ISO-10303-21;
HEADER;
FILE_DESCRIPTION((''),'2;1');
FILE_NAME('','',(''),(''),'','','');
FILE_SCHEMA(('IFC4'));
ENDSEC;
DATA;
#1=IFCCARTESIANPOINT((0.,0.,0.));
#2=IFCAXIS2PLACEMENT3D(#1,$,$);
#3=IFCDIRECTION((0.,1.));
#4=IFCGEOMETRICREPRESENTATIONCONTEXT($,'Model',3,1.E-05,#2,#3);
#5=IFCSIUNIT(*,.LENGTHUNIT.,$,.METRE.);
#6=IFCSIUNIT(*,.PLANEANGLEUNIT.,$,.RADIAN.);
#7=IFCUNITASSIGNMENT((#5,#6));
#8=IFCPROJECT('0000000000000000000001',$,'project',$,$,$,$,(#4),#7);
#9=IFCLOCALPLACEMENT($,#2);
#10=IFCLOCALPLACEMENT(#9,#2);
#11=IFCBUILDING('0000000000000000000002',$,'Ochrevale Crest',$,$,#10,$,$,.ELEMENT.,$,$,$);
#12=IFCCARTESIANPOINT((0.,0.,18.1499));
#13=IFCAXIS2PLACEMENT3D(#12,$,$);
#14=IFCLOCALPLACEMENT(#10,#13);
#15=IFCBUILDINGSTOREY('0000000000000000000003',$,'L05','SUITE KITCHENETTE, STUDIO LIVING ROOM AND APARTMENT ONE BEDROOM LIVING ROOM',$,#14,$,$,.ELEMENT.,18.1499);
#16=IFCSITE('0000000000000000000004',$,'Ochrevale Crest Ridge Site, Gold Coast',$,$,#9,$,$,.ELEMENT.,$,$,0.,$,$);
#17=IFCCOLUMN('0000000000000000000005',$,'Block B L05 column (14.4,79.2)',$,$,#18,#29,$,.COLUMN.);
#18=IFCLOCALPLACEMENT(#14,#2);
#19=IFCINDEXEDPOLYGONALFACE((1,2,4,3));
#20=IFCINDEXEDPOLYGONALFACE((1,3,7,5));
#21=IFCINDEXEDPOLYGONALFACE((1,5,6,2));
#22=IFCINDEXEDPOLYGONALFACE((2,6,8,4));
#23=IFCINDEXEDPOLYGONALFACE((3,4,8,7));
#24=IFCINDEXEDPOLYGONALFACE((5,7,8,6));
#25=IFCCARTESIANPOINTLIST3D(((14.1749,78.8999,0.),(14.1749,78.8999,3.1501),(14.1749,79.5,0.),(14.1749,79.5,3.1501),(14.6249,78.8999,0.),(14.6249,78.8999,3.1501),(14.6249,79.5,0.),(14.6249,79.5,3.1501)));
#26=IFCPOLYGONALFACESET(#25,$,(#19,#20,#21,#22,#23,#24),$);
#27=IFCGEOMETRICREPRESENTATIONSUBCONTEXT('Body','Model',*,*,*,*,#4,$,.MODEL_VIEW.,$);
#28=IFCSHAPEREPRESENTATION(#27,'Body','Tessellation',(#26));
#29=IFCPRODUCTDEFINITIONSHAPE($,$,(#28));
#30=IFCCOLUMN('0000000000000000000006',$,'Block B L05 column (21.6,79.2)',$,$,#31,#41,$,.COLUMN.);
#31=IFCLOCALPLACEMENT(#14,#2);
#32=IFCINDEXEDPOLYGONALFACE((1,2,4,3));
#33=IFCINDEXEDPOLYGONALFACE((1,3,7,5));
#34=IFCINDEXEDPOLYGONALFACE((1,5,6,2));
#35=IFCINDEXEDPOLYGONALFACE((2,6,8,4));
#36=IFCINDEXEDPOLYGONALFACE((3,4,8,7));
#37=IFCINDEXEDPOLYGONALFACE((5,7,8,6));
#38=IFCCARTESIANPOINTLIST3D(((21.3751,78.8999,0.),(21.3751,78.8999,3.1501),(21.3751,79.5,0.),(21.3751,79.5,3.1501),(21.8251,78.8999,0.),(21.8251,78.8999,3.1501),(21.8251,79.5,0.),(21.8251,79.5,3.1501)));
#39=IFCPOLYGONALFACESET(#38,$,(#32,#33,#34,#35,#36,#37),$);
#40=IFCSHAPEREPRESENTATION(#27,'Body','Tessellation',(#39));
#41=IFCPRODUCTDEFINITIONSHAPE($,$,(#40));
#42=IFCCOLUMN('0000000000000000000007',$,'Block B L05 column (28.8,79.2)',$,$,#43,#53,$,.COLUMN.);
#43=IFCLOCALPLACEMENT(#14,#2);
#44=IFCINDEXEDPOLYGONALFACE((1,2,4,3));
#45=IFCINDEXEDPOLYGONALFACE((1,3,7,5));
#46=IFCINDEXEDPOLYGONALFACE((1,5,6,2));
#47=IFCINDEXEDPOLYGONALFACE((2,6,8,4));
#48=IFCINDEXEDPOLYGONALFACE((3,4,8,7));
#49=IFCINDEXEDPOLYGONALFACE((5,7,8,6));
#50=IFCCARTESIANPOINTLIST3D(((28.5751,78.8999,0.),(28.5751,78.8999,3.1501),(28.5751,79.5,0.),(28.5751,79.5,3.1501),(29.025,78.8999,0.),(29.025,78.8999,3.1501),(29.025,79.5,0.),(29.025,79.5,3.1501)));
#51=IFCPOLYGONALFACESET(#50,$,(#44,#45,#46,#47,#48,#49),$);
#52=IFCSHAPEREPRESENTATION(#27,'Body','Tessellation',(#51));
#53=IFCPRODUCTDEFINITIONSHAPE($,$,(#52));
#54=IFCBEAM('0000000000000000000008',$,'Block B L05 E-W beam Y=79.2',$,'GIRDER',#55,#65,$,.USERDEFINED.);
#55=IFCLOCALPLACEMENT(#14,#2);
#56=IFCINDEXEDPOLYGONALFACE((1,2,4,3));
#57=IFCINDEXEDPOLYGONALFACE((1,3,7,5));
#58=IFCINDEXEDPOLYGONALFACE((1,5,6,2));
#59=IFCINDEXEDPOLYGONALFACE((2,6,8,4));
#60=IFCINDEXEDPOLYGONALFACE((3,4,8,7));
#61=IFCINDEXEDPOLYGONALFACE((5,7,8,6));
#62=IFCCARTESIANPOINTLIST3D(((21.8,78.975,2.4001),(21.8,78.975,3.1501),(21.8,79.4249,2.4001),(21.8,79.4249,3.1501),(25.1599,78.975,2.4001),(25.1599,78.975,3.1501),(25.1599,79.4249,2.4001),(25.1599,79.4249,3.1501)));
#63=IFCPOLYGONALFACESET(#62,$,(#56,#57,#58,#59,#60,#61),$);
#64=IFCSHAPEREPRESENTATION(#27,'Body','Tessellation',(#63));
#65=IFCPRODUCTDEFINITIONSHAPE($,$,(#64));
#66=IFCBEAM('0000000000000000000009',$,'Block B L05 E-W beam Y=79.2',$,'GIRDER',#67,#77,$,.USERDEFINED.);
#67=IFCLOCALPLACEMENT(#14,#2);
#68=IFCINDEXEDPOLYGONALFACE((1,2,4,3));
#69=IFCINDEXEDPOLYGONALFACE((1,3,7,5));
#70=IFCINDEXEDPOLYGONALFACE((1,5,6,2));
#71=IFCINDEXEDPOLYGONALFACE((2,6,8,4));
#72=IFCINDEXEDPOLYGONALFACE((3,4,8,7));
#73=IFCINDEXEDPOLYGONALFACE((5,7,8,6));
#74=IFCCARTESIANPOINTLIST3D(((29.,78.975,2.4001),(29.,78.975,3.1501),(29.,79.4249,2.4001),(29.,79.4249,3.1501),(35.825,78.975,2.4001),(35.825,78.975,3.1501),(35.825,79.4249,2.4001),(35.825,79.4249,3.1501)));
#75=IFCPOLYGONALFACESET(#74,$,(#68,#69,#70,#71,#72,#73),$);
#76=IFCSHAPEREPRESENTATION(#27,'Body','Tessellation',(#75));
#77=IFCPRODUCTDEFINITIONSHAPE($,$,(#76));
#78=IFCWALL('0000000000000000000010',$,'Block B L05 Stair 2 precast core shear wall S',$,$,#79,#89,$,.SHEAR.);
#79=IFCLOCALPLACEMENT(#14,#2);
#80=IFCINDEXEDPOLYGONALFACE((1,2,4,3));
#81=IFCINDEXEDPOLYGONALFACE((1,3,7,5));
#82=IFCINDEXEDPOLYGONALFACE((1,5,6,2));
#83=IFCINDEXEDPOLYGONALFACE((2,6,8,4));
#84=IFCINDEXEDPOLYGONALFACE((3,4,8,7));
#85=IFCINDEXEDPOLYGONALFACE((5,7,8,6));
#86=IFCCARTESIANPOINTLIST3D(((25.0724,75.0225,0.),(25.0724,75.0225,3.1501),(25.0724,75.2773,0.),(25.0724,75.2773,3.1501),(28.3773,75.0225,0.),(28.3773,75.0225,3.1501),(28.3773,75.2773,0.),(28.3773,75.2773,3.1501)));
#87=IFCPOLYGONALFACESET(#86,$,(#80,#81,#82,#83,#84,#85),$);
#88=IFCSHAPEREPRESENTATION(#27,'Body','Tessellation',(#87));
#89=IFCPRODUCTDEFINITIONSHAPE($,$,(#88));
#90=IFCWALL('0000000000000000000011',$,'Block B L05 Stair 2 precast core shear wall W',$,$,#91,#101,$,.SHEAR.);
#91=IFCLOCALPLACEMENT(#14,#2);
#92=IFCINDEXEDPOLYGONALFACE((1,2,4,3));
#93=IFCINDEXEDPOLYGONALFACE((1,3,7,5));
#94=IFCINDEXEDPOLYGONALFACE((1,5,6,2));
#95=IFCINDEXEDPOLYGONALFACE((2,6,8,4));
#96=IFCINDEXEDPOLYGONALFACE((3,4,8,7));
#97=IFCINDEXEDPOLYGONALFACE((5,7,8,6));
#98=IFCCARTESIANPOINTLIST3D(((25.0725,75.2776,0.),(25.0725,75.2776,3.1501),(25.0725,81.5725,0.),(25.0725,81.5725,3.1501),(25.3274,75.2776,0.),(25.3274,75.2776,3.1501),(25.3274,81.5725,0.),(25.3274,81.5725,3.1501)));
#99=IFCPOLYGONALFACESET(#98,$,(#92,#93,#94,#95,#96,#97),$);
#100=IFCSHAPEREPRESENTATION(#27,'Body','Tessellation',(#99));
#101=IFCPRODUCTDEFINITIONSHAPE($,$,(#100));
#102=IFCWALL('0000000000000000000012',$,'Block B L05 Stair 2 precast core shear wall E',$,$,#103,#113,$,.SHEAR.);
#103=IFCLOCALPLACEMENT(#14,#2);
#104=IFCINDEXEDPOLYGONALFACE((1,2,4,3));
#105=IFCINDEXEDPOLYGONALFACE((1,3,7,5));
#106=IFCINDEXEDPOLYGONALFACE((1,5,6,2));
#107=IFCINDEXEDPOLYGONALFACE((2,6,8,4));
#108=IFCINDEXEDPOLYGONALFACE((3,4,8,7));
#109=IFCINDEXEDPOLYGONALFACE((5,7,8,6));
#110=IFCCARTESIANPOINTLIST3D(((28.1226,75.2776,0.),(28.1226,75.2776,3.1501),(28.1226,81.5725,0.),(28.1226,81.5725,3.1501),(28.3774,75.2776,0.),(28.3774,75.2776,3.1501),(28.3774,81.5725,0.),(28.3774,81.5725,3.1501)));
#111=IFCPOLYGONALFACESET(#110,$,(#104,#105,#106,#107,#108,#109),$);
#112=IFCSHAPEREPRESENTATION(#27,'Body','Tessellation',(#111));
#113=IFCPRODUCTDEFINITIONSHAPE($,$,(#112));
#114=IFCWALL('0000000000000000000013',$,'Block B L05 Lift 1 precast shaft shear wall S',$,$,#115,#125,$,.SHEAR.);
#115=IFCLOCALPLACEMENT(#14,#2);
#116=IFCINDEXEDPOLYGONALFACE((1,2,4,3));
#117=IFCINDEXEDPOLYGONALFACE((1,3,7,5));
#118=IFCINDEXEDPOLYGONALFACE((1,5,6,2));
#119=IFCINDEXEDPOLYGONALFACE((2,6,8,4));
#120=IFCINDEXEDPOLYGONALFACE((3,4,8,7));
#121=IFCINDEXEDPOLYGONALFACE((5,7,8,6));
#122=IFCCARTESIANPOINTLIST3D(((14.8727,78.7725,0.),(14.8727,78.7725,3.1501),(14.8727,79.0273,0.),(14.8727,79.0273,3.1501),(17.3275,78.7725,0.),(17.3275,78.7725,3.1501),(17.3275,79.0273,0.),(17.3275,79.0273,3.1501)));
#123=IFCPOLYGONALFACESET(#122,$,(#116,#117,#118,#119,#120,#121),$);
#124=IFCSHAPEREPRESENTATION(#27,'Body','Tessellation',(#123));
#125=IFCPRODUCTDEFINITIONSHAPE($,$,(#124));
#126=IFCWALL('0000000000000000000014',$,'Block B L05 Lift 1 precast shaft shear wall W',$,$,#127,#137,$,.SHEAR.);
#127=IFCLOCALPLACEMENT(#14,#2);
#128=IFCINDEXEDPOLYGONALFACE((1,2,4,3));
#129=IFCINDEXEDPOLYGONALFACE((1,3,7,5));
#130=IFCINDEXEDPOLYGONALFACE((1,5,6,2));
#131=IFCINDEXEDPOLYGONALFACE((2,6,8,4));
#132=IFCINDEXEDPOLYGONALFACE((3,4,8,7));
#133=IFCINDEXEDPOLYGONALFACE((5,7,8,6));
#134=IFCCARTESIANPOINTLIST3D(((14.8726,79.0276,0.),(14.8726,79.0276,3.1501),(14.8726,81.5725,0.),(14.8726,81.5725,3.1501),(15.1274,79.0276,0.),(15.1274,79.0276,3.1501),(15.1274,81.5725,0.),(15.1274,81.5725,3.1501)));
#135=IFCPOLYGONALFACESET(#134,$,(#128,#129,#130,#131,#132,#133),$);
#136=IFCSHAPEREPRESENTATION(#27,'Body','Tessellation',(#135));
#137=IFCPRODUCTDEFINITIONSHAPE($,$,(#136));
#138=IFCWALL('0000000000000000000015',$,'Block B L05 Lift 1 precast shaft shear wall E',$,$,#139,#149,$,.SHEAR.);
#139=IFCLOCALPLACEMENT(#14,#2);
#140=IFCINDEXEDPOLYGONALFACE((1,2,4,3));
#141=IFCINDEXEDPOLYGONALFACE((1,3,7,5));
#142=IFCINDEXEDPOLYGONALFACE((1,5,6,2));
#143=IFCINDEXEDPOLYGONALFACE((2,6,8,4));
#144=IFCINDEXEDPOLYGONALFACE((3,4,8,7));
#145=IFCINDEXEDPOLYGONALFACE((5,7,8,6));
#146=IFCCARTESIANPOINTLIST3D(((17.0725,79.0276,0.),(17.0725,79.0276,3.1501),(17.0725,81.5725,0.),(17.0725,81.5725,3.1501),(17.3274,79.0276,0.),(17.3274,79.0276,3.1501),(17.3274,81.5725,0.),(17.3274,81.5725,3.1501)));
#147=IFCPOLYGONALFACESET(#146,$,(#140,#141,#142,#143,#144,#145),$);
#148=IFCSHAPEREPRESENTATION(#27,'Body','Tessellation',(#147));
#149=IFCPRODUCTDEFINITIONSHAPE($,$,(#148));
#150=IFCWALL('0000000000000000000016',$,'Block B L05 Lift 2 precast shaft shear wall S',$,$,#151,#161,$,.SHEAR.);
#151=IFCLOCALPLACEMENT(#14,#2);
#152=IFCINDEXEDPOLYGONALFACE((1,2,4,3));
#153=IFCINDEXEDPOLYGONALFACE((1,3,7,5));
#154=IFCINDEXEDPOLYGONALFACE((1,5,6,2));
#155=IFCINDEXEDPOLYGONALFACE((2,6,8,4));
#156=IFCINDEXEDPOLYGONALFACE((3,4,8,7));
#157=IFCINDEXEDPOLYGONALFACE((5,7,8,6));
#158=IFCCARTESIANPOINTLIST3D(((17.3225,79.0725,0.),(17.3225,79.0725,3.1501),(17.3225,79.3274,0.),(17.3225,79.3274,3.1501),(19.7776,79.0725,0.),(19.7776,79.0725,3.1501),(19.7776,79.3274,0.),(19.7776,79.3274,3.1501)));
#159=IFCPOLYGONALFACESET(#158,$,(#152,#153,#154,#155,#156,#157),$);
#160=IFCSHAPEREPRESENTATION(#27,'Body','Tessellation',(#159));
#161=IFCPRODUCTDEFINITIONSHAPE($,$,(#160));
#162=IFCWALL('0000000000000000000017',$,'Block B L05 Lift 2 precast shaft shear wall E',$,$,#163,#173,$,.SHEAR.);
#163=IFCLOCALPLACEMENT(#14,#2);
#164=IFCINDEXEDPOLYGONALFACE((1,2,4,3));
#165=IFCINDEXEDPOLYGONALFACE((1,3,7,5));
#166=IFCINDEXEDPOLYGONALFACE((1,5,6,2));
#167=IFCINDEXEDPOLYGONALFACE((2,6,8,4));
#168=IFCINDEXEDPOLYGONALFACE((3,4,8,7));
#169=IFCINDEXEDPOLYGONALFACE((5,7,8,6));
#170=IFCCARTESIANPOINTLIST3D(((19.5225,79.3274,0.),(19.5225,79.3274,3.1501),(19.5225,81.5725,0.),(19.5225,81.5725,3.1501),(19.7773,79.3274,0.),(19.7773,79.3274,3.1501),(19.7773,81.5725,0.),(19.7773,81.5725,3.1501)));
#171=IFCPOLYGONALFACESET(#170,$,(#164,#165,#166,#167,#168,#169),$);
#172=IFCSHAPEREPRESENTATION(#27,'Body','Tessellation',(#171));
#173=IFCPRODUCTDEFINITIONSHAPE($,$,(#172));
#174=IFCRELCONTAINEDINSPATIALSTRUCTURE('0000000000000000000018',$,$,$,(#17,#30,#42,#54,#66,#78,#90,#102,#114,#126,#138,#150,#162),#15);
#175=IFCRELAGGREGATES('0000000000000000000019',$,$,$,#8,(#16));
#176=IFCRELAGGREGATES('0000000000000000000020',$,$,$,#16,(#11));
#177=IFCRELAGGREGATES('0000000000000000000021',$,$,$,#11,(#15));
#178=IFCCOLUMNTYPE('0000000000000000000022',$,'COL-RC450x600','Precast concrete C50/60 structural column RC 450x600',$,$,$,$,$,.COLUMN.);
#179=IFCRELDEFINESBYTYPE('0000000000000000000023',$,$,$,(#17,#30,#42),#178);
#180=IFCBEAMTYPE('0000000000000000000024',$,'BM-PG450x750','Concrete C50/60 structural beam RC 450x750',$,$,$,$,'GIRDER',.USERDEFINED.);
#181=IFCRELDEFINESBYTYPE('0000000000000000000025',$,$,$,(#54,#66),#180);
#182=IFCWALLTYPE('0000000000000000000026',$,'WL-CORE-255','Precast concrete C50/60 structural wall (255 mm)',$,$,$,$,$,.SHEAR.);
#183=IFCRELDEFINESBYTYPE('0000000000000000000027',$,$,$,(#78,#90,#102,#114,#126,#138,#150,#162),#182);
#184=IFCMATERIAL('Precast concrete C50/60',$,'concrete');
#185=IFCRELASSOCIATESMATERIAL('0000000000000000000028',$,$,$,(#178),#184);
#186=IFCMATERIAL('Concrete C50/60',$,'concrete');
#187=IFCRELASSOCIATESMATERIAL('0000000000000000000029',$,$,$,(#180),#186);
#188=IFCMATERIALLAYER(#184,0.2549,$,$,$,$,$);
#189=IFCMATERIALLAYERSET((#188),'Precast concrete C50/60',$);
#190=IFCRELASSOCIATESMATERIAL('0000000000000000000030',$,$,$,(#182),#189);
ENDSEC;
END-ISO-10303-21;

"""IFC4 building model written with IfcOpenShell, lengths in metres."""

from ifc_helpers import new_model, si_unit, direction, frame, frame_2d, origin, origin_2d, place, context, subcontext, project, spatial, rectangle, extrude, material, layer, layer_set, material_profile, profile_set, type_object, element, save


model = new_model("IFC4")

# Units and contexts
model_context = context("Model", 3, precision=1e-05, world=origin(), true_north=direction((0.0, 1.0)))
body_context = subcontext(model_context, "Body", "Model", "MODEL_VIEW")
ifc_project = project(units=[si_unit("LENGTHUNIT", "METRE"), si_unit("PLANEANGLEUNIT", "RADIAN")], contexts=[model_context])

# Site, building, storey
site_placement = place(None, origin())
site = spatial("IfcSite", under=ifc_project, at=site_placement, Name="Ochrevale Crest Ridge Site, Gold Coast", CompositionType="ELEMENT", RefElevation=0.0)
building_placement = place(site_placement, origin())
building = spatial("IfcBuilding", under=site, at=building_placement, Name="Ochrevale Crest", CompositionType="ELEMENT")
storey_placement = place(building_placement, frame((0.0, 0.0, 18.1499)))
storey = spatial("IfcBuildingStorey", under=building, at=storey_placement, Name="L05", Description="SUITE KITCHENETTE, STUDIO LIVING ROOM AND APARTMENT ONE BEDROOM LIVING ROOM", CompositionType="ELEMENT", Elevation=18.1499)

# Columns
ifc_material_1 = material(Name="Precast concrete C50/60", Category="concrete")
ifc_material_profile_1 = material_profile(ifc_material_1, rectangle(XDim=0.45, YDim=0.6001, at=origin_2d()), Name="RC 450x600")
ifc_profile_set_1 = profile_set([ifc_material_profile_1], Name="Precast concrete C50/60")
column_type = type_object("IfcColumnType", Name="COL-RC450x600", Description="Precast concrete C50/60 structural column RC 450x600", PredefinedType="COLUMN", material=ifc_profile_set_1)
for number, where, z_axis, x_axis, name in (
    (1, (14.3999, 79.2, 0.0), (0.0, 0.0, 1.0), (1.0, 0.0, 0.0), "Block B L05 column (14.4,79.2)"),
    (2, (21.6001, 79.2, 0.0), (0.0, 0.0, 1.0), (1.0, 0.0, 0.0), "Block B L05 column (21.6,79.2)"),
    (3, (28.8, 79.2, 0.0), (0.0, 0.0, 1.0), (1.0, 0.0, 0.0), "Block B L05 column (28.8,79.2)"),
):
    element("IfcColumn", number, at=place(storey_placement, frame(where, z_axis=z_axis, x_axis=x_axis)), inside=storey, type_object=column_type, Name=name, PredefinedType="COLUMN", context=body_context, shape_type="SweptSolid", body=[
        extrude(rectangle(XDim=0.45, YDim=0.6001, at=origin_2d()), origin(), (0.0, 0.0, 1.0), 3.1501),
    ])

# Beams
ifc_material_2 = material(Name="Concrete C50/60", Category="concrete")
ifc_material_profile_2 = material_profile(ifc_material_2, rectangle(XDim=0.45, YDim=0.75, at=origin_2d()), Name="RC 450x750")
ifc_profile_set_2 = profile_set([ifc_material_profile_2], Name="Concrete C50/60")
beam_type = type_object("IfcBeamType", Name="BM-PG450x750", Description="Concrete C50/60 structural beam RC 450x750", ElementType="GIRDER", PredefinedType="USERDEFINED", material=ifc_profile_set_2)
beam_1_placement = place(storey_placement, frame((21.8, 79.2, 2.7751), z_axis=(1.0, 0.0, 0.0), x_axis=(0.0, 1.0, 0.0)))
element("IfcBeam", 4, at=beam_1_placement, inside=storey, type_object=beam_type, Name="Block B L05 E-W beam Y=79.2", ObjectType="GIRDER", PredefinedType="USERDEFINED", context=body_context, shape_type="SweptSolid", body=[
    extrude(rectangle(XDim=0.45, YDim=0.75, at=origin_2d()), origin(), (0.0, 0.0, 1.0), 3.3599),
])
beam_2_placement = place(storey_placement, frame((29.0, 79.2, 2.7751), z_axis=(1.0, 0.0, 0.0), x_axis=(0.0, 1.0, 0.0)))
element("IfcBeam", 5, at=beam_2_placement, inside=storey, type_object=beam_type, Name="Block B L05 E-W beam Y=79.2", ObjectType="GIRDER", PredefinedType="USERDEFINED", context=body_context, shape_type="SweptSolid", body=[
    extrude(rectangle(XDim=0.45, YDim=0.75, at=origin_2d()), origin(), (0.0, 0.0, 1.0), 6.825),
])

# Walls
ifc_layer_1 = layer(ifc_material_1, 0.2549)
ifc_layer_set_1 = layer_set([ifc_layer_1], Name="Precast concrete C50/60")
wall_type_1 = type_object("IfcWallType", Name="WL-CORE-255", Description="Precast concrete C50/60 structural wall (255 mm)", PredefinedType="SHEAR", material=ifc_layer_set_1)
wall_1_placement = place(storey_placement, frame((25.0725, 75.1499, 0.0), z_axis=(0.0, 0.0, 1.0), x_axis=(1.0, 0.0, 0.0)))
element("IfcWall", 6, at=wall_1_placement, inside=storey, type_object=wall_type_1, Name="Block B L05 Stair 2 precast core shear wall S", PredefinedType="SHEAR", context=body_context, shape_type="SweptSolid", body=[
    extrude(rectangle(XDim=3.3049, YDim=0.2549, at=frame_2d((1.6523, 0.0))), origin(), (0.0, 0.0, 1.0), 3.1501),
])
for number, where, z_axis, x_axis, name in (
    (7, (25.2, 75.2776, 0.0), (0.0, 0.0, 1.0), (0.0, 1.0, 0.0), "Block B L05 Stair 2 precast core shear wall W"),
    (8, (28.25, 75.2776, 0.0), (0.0, 0.0, 1.0), (0.0, 1.0, 0.0), "Block B L05 Stair 2 precast core shear wall E"),
):
    element("IfcWall", number, at=place(storey_placement, frame(where, z_axis=z_axis, x_axis=x_axis)), inside=storey, type_object=wall_type_1, Name=name, PredefinedType="SHEAR", context=body_context, shape_type="SweptSolid", body=[
        extrude(rectangle(XDim=6.2949, YDim=0.2549, at=frame_2d((3.1475, 0.0))), origin(), (0.0, 0.0, 1.0), 3.1501),
    ])
wall_2_placement = place(storey_placement, frame((14.8726, 78.8999, 0.0), z_axis=(0.0, 0.0, 1.0), x_axis=(1.0, 0.0, 0.0)))
element("IfcWall", 9, at=wall_2_placement, inside=storey, type_object=wall_type_1, Name="Block B L05 Lift 1 precast shaft shear wall S", PredefinedType="SHEAR", context=body_context, shape_type="SweptSolid", body=[
    extrude(rectangle(XDim=2.4548, YDim=0.2549, at=frame_2d((1.2275, 0.0))), origin(), (0.0, 0.0, 1.0), 3.1501),
])
for number, where, z_axis, x_axis, name in (
    (10, (15.0, 79.0276, 0.0), (0.0, 0.0, 1.0), (0.0, 1.0, 0.0), "Block B L05 Lift 1 precast shaft shear wall W"),
    (11, (17.2, 79.0276, 0.0), (0.0, 0.0, 1.0), (0.0, 1.0, 0.0), "Block B L05 Lift 1 precast shaft shear wall E"),
):
    element("IfcWall", number, at=place(storey_placement, frame(where, z_axis=z_axis, x_axis=x_axis)), inside=storey, type_object=wall_type_1, Name=name, PredefinedType="SHEAR", context=body_context, shape_type="SweptSolid", body=[
        extrude(rectangle(XDim=2.5449, YDim=0.2549, at=frame_2d((1.2725, 0.0))), origin(), (0.0, 0.0, 1.0), 3.1501),
    ])
wall_3_placement = place(storey_placement, frame((17.3225, 79.2, 0.0), z_axis=(0.0, 0.0, 1.0), x_axis=(1.0, 0.0, 0.0)))
element("IfcWall", 12, at=wall_3_placement, inside=storey, type_object=wall_type_1, Name="Block B L05 Lift 2 precast shaft shear wall S", PredefinedType="SHEAR", context=body_context, shape_type="SweptSolid", body=[
    extrude(rectangle(XDim=2.4551, YDim=0.2549, at=frame_2d((1.2275, 0.0))), origin(), (0.0, 0.0, 1.0), 3.1501),
])
wall_4_placement = place(storey_placement, frame((19.6499, 79.3274, 0.0), z_axis=(0.0, 0.0, 1.0), x_axis=(0.0, 1.0, 0.0)))
element("IfcWall", 13, at=wall_4_placement, inside=storey, type_object=wall_type_1, Name="Block B L05 Lift 2 precast shaft shear wall E", PredefinedType="SHEAR", context=body_context, shape_type="SweptSolid", body=[
    extrude(rectangle(XDim=2.2451, YDim=0.2549, at=frame_2d((1.1226, 0.0))), origin(), (0.0, 0.0, 1.0), 3.1501),
])

save(model, "model.ifc")
